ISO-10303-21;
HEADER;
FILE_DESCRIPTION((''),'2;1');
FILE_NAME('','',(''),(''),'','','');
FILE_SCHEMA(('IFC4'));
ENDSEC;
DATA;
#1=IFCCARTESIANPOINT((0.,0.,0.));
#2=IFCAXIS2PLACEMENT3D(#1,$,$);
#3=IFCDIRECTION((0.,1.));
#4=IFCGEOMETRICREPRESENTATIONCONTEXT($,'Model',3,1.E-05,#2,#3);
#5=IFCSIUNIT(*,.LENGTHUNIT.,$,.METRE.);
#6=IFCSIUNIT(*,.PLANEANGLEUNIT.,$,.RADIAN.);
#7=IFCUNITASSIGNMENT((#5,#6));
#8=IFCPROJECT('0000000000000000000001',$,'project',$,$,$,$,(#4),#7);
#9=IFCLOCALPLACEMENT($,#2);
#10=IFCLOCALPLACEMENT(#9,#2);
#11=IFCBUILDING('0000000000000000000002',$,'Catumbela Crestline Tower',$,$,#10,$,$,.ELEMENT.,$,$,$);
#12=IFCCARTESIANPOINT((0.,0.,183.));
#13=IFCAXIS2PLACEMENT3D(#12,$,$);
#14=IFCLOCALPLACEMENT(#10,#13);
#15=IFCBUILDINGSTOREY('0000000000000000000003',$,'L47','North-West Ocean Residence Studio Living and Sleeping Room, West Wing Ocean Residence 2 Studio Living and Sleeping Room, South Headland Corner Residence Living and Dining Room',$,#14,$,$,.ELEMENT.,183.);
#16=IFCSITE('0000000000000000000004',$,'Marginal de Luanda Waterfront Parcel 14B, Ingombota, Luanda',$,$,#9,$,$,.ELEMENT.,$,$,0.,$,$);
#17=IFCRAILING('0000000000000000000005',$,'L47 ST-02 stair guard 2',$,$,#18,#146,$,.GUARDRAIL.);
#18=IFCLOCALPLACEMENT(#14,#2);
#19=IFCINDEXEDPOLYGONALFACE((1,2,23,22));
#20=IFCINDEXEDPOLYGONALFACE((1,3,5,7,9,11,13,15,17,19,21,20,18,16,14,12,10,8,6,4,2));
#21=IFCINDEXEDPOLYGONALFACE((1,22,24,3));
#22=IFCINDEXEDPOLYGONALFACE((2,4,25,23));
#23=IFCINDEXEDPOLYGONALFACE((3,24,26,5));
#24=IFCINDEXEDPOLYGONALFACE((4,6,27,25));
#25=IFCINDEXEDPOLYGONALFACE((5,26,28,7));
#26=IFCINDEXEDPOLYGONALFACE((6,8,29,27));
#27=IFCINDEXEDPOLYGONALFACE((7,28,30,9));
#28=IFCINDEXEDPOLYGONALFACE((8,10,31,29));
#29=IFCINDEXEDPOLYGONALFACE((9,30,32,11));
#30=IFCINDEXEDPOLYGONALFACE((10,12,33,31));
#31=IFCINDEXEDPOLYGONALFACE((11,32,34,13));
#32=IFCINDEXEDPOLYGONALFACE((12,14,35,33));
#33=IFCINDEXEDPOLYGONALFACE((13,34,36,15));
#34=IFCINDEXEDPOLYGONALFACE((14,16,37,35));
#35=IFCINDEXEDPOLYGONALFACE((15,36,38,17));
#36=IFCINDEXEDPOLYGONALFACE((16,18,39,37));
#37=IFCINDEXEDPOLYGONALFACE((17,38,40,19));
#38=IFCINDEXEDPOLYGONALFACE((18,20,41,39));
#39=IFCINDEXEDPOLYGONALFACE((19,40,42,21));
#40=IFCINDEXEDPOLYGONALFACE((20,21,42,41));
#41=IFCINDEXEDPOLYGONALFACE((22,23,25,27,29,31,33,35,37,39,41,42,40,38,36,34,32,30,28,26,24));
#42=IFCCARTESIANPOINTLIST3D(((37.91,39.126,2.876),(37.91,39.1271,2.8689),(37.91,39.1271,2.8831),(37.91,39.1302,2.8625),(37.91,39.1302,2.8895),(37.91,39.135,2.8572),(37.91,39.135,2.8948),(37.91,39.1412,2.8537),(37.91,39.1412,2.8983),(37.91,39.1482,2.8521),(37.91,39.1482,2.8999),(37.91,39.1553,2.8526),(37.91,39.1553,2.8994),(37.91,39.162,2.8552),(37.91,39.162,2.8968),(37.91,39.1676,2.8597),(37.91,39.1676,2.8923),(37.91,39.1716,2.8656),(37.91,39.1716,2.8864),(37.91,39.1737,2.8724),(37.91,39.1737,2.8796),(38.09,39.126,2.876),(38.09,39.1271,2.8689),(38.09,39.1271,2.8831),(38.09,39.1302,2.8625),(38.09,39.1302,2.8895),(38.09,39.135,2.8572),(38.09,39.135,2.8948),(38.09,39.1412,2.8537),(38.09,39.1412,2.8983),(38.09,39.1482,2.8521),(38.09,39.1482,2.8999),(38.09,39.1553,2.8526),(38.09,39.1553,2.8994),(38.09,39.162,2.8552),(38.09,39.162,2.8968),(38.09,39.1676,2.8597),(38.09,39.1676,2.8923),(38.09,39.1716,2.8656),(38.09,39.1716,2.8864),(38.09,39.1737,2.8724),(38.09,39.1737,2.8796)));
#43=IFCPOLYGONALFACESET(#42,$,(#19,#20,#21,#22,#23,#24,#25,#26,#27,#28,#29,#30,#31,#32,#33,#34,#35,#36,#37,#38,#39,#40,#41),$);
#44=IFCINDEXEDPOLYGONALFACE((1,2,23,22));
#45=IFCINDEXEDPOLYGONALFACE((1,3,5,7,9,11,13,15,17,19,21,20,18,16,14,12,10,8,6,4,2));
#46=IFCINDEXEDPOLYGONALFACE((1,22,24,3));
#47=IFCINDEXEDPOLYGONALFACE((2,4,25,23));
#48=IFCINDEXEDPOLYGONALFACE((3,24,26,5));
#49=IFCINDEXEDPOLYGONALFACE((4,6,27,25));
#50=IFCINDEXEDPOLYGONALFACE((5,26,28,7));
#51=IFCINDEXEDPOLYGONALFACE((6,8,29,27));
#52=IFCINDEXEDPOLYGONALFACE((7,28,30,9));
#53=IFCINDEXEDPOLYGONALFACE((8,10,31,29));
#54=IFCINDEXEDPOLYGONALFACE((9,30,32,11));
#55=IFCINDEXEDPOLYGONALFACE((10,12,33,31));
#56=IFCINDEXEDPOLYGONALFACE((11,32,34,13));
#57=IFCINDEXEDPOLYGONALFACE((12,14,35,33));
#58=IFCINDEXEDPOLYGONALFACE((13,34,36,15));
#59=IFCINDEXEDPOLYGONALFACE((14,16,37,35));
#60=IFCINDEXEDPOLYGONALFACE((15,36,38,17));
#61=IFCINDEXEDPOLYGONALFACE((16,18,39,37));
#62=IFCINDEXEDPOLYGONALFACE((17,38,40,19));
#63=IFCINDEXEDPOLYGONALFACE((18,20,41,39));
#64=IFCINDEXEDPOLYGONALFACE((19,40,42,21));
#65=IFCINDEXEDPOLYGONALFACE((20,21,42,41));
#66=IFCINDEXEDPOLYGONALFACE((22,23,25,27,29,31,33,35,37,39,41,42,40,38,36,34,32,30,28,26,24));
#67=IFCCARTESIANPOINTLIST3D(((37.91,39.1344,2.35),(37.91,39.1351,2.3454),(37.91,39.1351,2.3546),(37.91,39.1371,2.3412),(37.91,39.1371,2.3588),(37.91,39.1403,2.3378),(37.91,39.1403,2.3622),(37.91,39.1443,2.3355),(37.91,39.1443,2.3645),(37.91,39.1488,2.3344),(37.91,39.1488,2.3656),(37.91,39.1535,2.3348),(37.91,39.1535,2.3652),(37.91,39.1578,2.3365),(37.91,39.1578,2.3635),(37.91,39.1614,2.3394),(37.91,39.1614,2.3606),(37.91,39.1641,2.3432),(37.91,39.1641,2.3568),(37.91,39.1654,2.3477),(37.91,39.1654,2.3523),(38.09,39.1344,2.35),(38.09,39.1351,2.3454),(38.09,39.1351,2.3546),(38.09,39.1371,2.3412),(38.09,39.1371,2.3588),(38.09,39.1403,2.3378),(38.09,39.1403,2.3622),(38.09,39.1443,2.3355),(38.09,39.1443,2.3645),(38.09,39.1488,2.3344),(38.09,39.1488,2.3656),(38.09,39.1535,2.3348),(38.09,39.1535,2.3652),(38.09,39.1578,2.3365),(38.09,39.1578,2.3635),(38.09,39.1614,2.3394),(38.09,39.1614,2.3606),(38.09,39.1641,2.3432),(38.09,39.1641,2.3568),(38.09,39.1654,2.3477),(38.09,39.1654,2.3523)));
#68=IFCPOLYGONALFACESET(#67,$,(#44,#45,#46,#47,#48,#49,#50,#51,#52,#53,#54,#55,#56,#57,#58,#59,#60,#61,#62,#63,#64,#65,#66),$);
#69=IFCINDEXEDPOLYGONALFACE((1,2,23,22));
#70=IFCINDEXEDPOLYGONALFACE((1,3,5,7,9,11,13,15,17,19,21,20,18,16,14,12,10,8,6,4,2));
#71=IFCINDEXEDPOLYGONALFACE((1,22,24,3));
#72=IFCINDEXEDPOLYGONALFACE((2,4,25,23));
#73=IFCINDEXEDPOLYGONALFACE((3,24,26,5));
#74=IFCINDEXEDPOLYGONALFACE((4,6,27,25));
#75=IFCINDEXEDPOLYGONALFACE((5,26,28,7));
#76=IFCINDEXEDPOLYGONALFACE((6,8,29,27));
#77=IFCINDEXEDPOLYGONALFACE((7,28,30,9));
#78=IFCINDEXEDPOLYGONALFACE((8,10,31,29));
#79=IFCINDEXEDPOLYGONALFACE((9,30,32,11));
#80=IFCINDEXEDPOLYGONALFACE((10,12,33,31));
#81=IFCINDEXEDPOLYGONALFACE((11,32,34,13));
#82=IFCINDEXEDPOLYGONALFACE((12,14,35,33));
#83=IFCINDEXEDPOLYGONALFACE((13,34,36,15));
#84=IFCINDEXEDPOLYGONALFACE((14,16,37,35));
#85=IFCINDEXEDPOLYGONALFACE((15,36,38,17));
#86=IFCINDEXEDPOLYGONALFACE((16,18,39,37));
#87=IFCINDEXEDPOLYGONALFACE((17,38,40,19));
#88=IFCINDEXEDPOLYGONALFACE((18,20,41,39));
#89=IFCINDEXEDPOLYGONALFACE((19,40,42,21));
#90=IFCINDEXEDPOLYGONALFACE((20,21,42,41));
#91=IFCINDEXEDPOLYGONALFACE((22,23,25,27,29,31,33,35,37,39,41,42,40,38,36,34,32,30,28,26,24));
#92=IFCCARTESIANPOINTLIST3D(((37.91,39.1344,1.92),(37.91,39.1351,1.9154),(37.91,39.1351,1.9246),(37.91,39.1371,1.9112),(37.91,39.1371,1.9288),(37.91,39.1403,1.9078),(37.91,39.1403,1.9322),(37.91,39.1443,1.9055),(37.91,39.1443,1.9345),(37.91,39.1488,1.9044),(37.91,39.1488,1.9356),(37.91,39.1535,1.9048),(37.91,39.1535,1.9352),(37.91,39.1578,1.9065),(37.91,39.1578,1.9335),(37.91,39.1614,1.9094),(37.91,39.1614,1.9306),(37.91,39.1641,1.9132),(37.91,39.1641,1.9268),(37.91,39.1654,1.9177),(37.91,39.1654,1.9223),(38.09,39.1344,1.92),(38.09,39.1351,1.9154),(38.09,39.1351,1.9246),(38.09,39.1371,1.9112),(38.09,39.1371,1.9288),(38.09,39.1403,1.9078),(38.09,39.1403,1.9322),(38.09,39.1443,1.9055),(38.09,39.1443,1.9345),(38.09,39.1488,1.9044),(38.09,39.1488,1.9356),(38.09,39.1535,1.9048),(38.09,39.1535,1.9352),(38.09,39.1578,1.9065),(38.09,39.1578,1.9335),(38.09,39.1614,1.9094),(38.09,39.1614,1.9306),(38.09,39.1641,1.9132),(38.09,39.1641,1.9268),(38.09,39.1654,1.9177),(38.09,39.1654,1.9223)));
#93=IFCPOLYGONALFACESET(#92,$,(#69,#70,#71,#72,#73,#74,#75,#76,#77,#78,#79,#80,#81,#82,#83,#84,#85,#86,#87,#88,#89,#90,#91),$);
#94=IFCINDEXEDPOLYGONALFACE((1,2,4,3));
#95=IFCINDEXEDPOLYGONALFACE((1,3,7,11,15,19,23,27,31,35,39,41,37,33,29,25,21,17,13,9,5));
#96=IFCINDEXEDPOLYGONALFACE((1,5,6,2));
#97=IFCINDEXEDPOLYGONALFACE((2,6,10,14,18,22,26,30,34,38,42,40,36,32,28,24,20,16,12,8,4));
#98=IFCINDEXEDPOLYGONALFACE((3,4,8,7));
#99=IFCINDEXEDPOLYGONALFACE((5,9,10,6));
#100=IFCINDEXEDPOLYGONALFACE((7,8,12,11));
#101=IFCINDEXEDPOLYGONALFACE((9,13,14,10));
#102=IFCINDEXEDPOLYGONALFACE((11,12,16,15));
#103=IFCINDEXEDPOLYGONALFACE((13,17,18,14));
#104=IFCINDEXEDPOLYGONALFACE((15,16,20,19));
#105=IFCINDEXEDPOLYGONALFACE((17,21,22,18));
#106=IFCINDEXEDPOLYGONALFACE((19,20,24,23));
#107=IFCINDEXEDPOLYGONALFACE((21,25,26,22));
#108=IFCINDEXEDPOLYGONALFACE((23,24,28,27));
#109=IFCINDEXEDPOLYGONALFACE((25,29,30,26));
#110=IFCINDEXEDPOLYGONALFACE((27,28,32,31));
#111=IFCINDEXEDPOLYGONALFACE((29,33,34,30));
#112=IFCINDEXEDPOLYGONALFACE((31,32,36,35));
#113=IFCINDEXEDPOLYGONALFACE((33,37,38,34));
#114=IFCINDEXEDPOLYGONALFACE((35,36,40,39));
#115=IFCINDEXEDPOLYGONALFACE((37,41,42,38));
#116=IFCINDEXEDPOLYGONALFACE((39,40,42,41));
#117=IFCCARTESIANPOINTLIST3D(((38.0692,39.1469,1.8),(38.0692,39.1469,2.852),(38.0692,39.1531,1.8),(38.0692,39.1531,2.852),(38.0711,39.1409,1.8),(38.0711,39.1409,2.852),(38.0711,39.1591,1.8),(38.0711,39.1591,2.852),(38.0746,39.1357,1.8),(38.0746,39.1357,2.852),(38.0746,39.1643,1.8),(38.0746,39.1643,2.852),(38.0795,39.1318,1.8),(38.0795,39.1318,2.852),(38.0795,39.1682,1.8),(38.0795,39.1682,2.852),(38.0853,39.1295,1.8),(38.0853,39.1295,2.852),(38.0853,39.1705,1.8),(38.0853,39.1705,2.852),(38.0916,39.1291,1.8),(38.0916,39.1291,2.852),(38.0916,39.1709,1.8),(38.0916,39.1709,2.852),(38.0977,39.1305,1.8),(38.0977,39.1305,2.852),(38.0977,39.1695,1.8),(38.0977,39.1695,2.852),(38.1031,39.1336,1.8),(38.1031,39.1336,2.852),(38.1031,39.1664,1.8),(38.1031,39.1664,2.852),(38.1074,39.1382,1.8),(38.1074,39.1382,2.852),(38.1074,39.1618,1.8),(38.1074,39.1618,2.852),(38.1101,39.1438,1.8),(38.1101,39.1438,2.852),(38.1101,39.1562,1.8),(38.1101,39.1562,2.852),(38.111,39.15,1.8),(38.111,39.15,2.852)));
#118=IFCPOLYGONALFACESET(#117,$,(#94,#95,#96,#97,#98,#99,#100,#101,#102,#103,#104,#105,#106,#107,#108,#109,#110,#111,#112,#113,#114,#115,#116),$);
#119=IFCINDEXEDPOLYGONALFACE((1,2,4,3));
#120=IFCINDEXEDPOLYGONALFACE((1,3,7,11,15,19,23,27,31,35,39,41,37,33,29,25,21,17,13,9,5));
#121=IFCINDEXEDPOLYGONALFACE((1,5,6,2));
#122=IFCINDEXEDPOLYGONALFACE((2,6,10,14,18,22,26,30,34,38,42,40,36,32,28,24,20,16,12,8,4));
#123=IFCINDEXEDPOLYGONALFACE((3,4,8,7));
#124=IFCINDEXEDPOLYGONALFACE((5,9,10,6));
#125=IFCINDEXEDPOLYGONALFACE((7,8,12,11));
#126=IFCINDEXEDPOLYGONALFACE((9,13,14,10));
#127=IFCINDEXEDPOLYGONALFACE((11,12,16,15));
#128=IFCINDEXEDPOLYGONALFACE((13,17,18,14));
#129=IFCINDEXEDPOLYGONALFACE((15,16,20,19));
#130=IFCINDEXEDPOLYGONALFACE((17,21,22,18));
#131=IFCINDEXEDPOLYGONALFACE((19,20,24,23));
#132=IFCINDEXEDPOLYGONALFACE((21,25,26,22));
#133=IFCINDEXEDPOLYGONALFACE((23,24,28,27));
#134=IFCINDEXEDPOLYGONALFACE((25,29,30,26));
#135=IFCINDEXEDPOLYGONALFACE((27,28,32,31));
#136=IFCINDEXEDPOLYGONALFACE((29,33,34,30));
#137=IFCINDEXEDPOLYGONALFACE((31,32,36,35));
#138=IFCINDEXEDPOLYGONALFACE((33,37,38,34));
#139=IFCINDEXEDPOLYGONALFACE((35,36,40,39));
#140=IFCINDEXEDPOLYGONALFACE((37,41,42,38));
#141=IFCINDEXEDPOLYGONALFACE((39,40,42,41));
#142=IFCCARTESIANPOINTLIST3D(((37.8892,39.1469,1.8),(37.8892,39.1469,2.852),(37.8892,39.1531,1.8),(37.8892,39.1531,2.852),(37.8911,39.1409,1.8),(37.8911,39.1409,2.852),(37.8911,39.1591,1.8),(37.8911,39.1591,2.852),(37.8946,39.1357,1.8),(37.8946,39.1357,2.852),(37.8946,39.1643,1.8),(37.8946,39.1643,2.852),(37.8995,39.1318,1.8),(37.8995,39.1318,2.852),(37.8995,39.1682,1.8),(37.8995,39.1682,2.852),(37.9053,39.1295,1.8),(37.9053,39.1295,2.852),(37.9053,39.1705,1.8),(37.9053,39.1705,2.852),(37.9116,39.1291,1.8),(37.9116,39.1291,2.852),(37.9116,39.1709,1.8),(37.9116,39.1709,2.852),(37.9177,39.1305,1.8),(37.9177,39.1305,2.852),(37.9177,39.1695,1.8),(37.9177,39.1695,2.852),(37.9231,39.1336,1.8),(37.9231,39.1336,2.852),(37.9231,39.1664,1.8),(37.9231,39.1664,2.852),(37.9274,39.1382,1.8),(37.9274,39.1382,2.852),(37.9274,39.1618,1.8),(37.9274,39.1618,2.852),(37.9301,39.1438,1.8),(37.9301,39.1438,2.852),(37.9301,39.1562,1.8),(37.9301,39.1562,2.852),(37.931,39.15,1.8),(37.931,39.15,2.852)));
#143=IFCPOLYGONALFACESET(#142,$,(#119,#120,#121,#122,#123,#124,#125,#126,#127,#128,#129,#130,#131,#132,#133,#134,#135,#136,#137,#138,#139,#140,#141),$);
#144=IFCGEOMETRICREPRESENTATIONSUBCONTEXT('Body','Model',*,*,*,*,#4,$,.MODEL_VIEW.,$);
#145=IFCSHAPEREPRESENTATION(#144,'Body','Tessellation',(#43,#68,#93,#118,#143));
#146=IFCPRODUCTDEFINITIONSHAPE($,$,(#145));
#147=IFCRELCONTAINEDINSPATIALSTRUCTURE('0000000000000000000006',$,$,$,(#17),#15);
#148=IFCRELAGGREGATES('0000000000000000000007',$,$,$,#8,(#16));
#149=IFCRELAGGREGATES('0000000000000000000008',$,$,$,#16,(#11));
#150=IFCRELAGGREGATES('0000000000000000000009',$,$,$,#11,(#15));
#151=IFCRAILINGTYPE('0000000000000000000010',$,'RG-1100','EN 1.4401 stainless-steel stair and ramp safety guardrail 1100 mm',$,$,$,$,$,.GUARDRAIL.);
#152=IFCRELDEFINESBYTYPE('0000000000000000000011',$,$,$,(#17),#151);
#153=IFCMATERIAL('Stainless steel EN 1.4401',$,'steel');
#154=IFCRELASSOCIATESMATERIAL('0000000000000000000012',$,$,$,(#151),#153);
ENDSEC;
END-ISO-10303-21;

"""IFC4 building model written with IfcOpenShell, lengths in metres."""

from ifc_helpers import new_model, si_unit, direction, frame, origin, origin_2d, place, context, subcontext, project, spatial, circle, extrude, material, type_object, element, save


model = new_model("IFC4")

# Units and contexts
model_context = context("Model", 3, precision=1e-05, world=origin(), true_north=direction((0.0, 1.0)))
body_context = subcontext(model_context, "Body", "Model", "MODEL_VIEW")
ifc_project = project(units=[si_unit("LENGTHUNIT", "METRE"), si_unit("PLANEANGLEUNIT", "RADIAN")], contexts=[model_context])

# Site, building, storey
site_placement = place(None, origin())
site = spatial("IfcSite", under=ifc_project, at=site_placement, Name="Marginal de Luanda Waterfront Parcel 14B, Ingombota, Luanda", CompositionType="ELEMENT", RefElevation=0.0)
building_placement = place(site_placement, origin())
building = spatial("IfcBuilding", under=site, at=building_placement, Name="Catumbela Crestline Tower", CompositionType="ELEMENT")
storey_placement = place(building_placement, frame((0.0, 0.0, 183.0)))
storey = spatial("IfcBuildingStorey", under=building, at=storey_placement, Name="L47", Description="North-West Ocean Residence Studio Living and Sleeping Room, West Wing Ocean Residence 2 Studio Living and Sleeping Room, South Headland Corner Residence Living and Dining Room", CompositionType="ELEMENT", Elevation=183.0)

# Shared definitions
ifc_material_1 = material(Name="Stainless steel EN 1.4401", Category="steel")

# Railing
railing_type_1 = type_object("IfcRailingType", Name="RG-1100", Description="EN 1.4401 stainless-steel stair and ramp safety guardrail 1100 mm", PredefinedType="GUARDRAIL", material=ifc_material_1)
railing_1_placement = place(storey_placement, frame((38.09, 39.15, 1.8)))
element("IfcRailing", 1, at=railing_1_placement, inside=storey, type_object=railing_type_1, Name="L47 ST-02 stair guard 2", PredefinedType="GUARDRAIL", context=body_context, shape_type="SweptSolid", body=[
    extrude(circle(Radius=0.024, at=origin_2d()), frame((0.0, 0.0, 1.076), z_axis=(-1.0, 0.0, 0.0), x_axis=(0.0, -1.0, 0.0)), (0.0, 0.0, 1.0), 0.18),
    extrude(circle(Radius=0.0156, at=origin_2d()), frame((0.0, 0.0, 0.55), z_axis=(-1.0, 0.0, 0.0), x_axis=(0.0, -1.0, 0.0)), (0.0, 0.0, 1.0), 0.18),
    extrude(circle(Radius=0.0156, at=origin_2d()), frame((0.0, 0.0, 0.12), z_axis=(-1.0, 0.0, 0.0), x_axis=(0.0, -1.0, 0.0)), (0.0, 0.0, 1.0), 0.18),
    extrude(circle(Radius=0.021, at=origin_2d()), origin(), (0.0, 0.0, 1.0), 1.052),
    extrude(circle(Radius=0.021, at=origin_2d()), frame((-0.18, 0.0, 0.0)), (0.0, 0.0, 1.0), 1.052),
])

save(model, "model.ifc")
